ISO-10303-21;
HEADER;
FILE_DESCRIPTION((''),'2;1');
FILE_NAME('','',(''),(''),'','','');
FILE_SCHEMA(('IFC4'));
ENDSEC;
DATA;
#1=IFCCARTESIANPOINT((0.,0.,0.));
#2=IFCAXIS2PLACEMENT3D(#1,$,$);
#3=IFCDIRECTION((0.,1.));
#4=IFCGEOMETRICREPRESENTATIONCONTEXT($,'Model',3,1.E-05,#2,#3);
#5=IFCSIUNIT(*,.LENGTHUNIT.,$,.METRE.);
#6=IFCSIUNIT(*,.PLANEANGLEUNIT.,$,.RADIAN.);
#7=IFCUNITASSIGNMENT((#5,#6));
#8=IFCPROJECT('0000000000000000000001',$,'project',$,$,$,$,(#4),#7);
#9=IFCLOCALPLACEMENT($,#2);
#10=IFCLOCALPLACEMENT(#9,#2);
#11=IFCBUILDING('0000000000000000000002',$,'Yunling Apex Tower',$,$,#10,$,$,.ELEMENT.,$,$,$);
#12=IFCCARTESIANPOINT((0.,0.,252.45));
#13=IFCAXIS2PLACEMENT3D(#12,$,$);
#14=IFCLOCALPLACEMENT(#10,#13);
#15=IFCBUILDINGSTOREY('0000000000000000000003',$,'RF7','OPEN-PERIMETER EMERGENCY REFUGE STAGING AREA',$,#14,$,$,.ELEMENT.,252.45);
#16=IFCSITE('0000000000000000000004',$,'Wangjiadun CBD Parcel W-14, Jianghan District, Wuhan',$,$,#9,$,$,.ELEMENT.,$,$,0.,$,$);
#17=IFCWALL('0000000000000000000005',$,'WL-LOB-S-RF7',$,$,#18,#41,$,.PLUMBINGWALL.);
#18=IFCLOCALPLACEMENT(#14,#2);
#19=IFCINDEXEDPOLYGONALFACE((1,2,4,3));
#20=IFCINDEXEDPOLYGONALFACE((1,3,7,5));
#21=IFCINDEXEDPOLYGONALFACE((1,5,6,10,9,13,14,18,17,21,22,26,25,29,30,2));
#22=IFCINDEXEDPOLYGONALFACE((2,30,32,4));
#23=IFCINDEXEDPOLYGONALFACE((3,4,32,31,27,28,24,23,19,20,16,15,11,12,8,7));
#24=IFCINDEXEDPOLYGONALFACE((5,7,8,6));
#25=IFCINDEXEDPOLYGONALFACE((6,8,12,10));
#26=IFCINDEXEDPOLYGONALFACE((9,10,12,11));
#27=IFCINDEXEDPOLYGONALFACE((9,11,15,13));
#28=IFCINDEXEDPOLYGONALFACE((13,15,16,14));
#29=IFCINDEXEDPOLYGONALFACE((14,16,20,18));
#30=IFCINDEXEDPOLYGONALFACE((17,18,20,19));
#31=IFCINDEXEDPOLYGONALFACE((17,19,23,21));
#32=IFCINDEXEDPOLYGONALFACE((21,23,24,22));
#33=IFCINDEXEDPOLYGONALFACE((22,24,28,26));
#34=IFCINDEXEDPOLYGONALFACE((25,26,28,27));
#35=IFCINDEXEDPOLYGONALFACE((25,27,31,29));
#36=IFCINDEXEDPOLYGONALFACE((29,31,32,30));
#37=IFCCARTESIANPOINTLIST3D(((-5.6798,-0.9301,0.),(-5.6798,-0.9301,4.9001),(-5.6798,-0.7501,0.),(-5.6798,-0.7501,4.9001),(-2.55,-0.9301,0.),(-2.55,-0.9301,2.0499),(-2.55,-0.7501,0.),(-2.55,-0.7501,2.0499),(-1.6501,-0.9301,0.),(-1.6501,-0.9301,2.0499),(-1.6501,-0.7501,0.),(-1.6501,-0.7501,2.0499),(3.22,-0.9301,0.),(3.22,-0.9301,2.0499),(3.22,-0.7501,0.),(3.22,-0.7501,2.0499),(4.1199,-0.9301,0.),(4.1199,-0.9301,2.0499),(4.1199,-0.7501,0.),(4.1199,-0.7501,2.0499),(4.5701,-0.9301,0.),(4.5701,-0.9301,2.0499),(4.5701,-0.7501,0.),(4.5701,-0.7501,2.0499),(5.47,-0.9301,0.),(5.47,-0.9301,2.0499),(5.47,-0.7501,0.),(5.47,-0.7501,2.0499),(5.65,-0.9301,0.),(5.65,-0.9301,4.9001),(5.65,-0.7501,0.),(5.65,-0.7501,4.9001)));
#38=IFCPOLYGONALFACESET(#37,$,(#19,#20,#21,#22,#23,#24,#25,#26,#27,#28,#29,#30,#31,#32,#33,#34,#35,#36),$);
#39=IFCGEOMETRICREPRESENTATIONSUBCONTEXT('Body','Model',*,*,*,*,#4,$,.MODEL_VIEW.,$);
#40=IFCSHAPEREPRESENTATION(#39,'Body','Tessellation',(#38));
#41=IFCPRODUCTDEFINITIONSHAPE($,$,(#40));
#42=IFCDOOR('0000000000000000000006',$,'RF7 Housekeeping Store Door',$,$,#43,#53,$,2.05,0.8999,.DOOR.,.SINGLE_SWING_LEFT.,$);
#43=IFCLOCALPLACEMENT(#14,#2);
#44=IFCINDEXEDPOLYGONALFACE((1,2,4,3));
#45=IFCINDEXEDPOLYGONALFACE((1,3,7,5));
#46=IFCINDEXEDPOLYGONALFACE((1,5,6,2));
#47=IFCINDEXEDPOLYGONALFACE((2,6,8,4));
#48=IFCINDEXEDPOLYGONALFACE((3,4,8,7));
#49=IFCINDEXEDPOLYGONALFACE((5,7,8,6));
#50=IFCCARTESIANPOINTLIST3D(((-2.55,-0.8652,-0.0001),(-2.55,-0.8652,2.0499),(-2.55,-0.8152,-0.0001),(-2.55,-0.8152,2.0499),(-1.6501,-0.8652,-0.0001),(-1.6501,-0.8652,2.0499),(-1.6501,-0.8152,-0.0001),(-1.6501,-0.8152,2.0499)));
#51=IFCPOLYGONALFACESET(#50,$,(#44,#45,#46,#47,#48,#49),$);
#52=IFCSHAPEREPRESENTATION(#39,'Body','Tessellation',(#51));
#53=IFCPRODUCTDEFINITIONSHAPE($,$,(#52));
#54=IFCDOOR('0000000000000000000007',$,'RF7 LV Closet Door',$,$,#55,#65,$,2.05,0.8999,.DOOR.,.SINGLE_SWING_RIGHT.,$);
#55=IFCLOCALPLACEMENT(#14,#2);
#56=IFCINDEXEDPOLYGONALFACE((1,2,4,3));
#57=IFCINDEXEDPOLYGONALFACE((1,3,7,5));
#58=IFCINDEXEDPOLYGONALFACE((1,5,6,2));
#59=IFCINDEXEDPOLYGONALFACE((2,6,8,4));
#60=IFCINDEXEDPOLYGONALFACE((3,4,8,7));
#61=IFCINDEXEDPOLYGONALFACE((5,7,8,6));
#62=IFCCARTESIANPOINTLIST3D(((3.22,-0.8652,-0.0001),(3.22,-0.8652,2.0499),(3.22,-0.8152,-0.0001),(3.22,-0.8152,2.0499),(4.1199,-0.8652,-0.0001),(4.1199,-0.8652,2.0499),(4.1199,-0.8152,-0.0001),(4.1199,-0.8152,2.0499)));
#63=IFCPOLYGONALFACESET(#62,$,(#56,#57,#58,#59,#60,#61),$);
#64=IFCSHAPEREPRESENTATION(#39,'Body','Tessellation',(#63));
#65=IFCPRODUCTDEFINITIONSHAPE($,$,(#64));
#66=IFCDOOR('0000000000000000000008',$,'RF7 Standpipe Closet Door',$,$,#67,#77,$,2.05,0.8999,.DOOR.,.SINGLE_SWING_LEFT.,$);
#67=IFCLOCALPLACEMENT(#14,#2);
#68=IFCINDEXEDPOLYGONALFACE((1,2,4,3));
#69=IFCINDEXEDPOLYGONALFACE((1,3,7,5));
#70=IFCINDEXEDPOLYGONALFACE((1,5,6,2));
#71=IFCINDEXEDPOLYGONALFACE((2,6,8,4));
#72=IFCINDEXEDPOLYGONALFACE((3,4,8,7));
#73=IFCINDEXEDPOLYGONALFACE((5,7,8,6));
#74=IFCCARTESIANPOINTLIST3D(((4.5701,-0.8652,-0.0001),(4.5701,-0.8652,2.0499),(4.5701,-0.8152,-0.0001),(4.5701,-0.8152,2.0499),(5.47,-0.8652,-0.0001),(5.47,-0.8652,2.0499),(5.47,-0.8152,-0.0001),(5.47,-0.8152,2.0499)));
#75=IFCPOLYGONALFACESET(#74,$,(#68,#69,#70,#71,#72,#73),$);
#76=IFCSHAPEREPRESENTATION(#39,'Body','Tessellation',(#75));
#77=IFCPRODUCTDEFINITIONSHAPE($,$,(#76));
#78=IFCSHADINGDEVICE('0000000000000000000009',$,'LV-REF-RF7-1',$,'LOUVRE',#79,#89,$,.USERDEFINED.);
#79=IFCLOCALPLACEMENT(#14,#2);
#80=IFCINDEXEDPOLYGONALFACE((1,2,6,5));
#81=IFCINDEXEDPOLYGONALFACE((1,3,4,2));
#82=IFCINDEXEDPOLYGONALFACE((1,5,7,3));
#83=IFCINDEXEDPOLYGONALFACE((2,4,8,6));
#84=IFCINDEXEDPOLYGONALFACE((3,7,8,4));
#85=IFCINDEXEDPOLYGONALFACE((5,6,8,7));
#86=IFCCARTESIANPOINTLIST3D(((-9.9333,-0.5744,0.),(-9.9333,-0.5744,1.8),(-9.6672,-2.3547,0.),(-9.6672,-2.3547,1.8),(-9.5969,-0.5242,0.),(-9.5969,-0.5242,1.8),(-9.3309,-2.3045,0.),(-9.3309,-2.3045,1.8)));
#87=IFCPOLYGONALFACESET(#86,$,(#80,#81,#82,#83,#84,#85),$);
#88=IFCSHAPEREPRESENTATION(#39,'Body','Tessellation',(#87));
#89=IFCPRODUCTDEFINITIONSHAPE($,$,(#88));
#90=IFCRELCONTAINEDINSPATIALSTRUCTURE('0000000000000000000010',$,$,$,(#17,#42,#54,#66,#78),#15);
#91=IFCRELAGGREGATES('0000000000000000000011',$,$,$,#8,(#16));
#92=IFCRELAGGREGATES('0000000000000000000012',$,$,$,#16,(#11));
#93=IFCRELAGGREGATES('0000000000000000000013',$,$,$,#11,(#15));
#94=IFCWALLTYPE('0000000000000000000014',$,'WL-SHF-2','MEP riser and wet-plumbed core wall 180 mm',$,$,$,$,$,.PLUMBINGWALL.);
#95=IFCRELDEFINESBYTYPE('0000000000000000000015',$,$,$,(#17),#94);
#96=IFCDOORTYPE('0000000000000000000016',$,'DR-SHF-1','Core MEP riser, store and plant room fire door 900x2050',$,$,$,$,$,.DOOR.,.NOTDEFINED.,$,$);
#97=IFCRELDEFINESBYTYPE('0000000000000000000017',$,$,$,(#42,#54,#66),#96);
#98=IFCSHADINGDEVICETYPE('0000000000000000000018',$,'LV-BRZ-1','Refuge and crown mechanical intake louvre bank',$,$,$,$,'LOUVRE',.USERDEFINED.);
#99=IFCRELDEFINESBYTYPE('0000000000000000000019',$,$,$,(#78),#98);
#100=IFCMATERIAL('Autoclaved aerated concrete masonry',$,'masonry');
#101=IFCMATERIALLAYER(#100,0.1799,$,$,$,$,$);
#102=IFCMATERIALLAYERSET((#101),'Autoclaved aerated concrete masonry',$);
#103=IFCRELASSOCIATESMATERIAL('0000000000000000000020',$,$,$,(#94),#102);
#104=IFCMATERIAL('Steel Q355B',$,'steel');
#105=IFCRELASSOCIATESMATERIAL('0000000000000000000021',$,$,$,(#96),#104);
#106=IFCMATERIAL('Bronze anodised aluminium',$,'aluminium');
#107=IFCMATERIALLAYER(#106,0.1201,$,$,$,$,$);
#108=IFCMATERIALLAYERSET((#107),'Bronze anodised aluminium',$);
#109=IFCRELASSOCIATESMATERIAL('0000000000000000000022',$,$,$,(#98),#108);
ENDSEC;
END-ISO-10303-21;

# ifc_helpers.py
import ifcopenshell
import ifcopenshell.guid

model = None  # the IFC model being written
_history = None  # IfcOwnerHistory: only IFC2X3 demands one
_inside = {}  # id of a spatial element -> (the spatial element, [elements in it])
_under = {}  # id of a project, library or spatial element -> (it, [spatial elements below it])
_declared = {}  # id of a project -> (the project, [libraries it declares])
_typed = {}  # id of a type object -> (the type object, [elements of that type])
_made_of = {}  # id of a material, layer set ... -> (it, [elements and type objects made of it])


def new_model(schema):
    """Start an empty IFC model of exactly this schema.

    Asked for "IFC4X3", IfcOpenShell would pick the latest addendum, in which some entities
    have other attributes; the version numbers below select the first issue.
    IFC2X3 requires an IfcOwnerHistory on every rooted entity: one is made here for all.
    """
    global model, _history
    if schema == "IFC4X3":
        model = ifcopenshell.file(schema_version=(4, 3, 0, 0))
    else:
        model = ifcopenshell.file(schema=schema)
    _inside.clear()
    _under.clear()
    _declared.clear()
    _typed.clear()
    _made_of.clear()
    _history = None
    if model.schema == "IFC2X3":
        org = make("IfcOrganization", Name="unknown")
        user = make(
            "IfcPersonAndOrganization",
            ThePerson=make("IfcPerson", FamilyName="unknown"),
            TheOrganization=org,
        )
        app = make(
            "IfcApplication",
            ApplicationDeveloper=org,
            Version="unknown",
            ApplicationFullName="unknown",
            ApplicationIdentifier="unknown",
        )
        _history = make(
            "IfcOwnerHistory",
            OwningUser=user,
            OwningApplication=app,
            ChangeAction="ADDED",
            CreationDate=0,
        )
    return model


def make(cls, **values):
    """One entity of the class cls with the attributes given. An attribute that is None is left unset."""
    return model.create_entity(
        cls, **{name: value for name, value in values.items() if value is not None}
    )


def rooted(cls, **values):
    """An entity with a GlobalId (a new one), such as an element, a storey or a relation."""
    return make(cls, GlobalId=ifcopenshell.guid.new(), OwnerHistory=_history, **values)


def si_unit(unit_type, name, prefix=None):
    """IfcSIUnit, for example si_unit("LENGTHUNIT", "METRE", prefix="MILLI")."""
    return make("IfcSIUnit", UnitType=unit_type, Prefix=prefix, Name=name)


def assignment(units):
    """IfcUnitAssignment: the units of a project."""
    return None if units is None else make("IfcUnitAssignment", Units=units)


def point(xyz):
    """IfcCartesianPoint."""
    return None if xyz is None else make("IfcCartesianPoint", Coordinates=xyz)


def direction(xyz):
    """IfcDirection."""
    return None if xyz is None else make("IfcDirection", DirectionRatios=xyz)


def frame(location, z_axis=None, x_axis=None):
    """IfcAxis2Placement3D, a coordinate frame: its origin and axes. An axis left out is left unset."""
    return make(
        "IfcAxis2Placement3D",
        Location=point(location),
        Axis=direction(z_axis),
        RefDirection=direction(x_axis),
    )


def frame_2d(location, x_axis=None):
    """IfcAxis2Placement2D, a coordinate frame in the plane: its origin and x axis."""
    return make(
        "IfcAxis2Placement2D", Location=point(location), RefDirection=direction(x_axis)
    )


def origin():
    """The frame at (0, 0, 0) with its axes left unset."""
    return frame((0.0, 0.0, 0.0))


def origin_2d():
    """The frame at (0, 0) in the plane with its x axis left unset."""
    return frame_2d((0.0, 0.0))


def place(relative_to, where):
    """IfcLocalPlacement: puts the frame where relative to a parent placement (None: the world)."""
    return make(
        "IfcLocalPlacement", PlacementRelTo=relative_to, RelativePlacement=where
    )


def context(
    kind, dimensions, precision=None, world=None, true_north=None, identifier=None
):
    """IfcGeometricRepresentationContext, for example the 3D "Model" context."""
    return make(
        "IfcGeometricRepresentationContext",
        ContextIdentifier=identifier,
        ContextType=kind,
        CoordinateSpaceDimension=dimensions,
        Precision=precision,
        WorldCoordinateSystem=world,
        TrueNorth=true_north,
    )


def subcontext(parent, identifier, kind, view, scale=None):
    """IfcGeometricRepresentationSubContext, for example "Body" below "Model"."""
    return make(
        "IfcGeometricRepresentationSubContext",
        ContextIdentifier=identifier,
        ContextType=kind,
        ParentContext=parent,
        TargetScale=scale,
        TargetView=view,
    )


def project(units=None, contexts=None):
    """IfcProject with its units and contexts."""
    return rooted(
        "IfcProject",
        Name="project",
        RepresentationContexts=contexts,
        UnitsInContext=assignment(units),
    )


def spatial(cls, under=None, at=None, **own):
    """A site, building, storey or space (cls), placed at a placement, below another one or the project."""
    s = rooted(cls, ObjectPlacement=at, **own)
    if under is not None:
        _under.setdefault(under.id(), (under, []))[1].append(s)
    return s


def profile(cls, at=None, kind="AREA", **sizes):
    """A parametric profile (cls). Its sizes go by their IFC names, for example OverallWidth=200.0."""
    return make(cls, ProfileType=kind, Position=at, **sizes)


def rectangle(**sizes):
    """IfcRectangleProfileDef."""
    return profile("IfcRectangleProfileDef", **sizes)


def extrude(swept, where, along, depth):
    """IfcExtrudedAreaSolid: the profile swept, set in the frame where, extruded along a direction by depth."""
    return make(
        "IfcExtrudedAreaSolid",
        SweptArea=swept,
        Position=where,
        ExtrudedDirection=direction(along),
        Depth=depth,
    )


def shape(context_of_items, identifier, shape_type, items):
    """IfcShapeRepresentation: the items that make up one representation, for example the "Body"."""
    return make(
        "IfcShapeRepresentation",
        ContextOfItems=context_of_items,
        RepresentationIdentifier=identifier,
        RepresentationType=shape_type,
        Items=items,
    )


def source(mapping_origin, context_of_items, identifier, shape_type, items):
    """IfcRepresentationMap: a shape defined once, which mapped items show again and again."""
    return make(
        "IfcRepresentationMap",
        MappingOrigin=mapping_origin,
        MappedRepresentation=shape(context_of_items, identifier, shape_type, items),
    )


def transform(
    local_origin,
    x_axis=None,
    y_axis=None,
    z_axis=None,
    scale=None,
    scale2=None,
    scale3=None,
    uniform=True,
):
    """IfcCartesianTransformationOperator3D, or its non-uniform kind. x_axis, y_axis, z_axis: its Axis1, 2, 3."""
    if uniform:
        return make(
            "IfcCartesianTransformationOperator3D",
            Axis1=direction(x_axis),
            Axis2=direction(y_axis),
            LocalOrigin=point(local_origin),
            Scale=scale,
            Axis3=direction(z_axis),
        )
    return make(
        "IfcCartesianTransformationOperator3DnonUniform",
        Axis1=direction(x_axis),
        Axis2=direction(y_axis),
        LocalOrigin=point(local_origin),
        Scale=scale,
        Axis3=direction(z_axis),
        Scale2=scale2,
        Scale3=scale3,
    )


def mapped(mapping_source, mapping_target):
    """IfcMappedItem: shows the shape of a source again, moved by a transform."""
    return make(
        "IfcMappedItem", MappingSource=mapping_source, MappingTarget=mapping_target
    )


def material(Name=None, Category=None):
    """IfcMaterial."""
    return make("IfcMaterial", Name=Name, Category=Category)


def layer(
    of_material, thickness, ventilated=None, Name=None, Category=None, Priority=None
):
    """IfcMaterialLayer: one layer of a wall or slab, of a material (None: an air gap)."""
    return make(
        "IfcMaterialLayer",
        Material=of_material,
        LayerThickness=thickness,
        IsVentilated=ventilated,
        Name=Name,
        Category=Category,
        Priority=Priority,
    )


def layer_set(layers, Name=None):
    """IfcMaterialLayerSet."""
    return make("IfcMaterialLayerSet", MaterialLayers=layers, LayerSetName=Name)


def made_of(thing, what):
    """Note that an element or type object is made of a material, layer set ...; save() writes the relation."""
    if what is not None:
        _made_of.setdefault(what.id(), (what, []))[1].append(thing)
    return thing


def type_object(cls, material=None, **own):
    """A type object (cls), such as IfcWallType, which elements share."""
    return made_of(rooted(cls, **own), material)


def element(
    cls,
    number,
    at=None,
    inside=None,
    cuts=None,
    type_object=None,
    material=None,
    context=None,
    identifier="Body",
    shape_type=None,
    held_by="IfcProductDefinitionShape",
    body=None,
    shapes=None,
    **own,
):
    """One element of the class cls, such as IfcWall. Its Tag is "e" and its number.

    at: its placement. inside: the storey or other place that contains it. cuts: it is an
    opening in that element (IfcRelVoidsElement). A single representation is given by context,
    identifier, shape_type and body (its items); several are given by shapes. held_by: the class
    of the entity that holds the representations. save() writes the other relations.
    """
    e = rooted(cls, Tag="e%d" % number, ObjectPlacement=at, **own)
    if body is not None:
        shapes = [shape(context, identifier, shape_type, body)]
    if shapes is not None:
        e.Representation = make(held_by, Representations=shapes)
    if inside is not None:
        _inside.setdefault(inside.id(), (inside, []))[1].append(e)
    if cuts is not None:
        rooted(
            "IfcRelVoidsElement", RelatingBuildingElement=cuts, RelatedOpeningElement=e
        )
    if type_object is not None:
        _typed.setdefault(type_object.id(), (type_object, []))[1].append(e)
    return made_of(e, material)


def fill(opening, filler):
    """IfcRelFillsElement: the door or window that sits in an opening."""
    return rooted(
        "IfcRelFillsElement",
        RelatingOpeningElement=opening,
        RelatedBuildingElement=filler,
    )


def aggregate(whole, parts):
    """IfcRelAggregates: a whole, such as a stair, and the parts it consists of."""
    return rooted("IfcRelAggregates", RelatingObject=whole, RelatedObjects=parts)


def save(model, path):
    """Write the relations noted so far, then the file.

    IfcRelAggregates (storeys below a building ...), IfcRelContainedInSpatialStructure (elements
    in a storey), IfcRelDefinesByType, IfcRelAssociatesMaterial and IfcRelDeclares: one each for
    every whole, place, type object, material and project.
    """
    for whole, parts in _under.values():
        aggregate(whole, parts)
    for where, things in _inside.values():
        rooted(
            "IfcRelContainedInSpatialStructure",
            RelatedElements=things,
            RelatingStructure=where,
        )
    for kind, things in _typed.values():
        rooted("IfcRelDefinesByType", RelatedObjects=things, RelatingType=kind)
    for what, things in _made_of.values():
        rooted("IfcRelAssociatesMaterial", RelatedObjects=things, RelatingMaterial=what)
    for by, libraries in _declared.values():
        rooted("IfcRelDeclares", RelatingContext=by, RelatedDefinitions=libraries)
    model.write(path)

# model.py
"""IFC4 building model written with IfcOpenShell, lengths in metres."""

from ifc_helpers import new_model, si_unit, direction, frame, frame_2d, origin, origin_2d, place, context, subcontext, project, spatial, rectangle, extrude, source, transform, mapped, material, layer, layer_set, type_object, element, fill, save


model = new_model("IFC4")

# Units and contexts
model_context = context("Model", 3, precision=1e-05, world=origin(), true_north=direction((0.0, 1.0)))
body_context = subcontext(model_context, "Body", "Model", "MODEL_VIEW")
ifc_project = project(units=[si_unit("LENGTHUNIT", "METRE"), si_unit("PLANEANGLEUNIT", "RADIAN")], contexts=[model_context])

# Site, building, storey
site_placement = place(None, origin())
site = spatial("IfcSite", under=ifc_project, at=site_placement, Name="Wangjiadun CBD Parcel W-14, Jianghan District, Wuhan", CompositionType="ELEMENT", RefElevation=0.0)
building_placement = place(site_placement, origin())
building = spatial("IfcBuilding", under=site, at=building_placement, Name="Yunling Apex Tower", CompositionType="ELEMENT")
storey_placement = place(building_placement, frame((0.0, 0.0, 252.45)))
storey = spatial("IfcBuildingStorey", under=building, at=storey_placement, Name="RF7", Description="OPEN-PERIMETER EMERGENCY REFUGE STAGING AREA", CompositionType="ELEMENT", Elevation=252.45)

# Shared definitions
ifc_material_1 = material(Name="Steel Q355B", Category="steel")

# Shared definitions
ifc_material_2 = material(Name="Autoclaved aerated concrete masonry", Category="masonry")

# Wall, openings, doors
ifc_layer_1 = layer(ifc_material_2, 0.1799)
ifc_layer_set_1 = layer_set([ifc_layer_1], Name="Autoclaved aerated concrete masonry")
wall_type_1 = type_object("IfcWallType", Name="WL-SHF-2", Description="MEP riser and wet-plumbed core wall 180 mm", PredefinedType="PLUMBINGWALL", material=ifc_layer_set_1)
door_type_1 = type_object("IfcDoorType", Name="DR-SHF-1", Description="Core MEP riser, store and plant room fire door 900x2050", OperationType="NOTDEFINED", PredefinedType="DOOR", material=ifc_material_1)
wall_1_placement = place(storey_placement, frame((-5.6799, -0.8401, 0.0), z_axis=(0.0, 0.0, 1.0), x_axis=(1.0, 0.0, 0.0)))
wall_1 = element("IfcWall", 1, at=wall_1_placement, inside=storey, type_object=wall_type_1, Name="WL-LOB-S-RF7", PredefinedType="PLUMBINGWALL", context=body_context, shape_type="SweptSolid", body=[
    extrude(rectangle(XDim=11.3298, YDim=0.1799, at=frame_2d((5.665, 0.0))), origin(), (0.0, 0.0, 1.0), 4.9001),
])
opening_1_placement = place(wall_1_placement, frame((3.1299, 0.0, 0.0)))
opening_1 = element("IfcOpeningElement", 2, at=opening_1_placement, cuts=wall_1, PredefinedType="OPENING", context=body_context, shape_type="SweptSolid", body=[
    extrude(rectangle(XDim=0.8999, YDim=2.05, at=frame_2d((0.45, 1.0249))), frame((0.0, 0.1001, 0.0), z_axis=(0.0, -1.0, 0.0), x_axis=(1.0, 0.0, 0.0)), (0.0, 0.0, 1.0), 0.2),
])
opening_2_placement = place(wall_1_placement, frame((8.8999, 0.0, 0.0)))
opening_2 = element("IfcOpeningElement", 3, at=opening_2_placement, cuts=wall_1, PredefinedType="OPENING", context=body_context, shape_type="SweptSolid", body=[
    extrude(rectangle(XDim=0.8999, YDim=2.05, at=frame_2d((0.45, 1.0249))), frame((0.0, 0.1001, 0.0), z_axis=(0.0, -1.0, 0.0), x_axis=(1.0, 0.0, 0.0)), (0.0, 0.0, 1.0), 0.2),
])
opening_3_placement = place(wall_1_placement, frame((10.25, 0.0, 0.0)))
opening_3 = element("IfcOpeningElement", 4, at=opening_3_placement, cuts=wall_1, PredefinedType="OPENING", context=body_context, shape_type="SweptSolid", body=[
    extrude(rectangle(XDim=0.8999, YDim=2.05, at=frame_2d((0.45, 1.0249))), frame((0.0, 0.1001, 0.0), z_axis=(0.0, -1.0, 0.0), x_axis=(1.0, 0.0, 0.0)), (0.0, 0.0, 1.0), 0.2),
])
door_1_placement = place(opening_1_placement, origin())
door_1 = element("IfcDoor", 5, at=door_1_placement, inside=storey, type_object=door_type_1, Name="RF7 Housekeeping Store Door", OperationType="SINGLE_SWING_LEFT", OverallHeight=2.05, OverallWidth=0.8999, PredefinedType="DOOR", context=body_context, shape_type="SweptSolid", body=[
    extrude(rectangle(XDim=0.8999, YDim=2.05, at=frame_2d((0.45, 1.0249))), frame((0.0, 0.0249, 0.0), z_axis=(0.0, -1.0, 0.0), x_axis=(1.0, 0.0, 0.0)), (0.0, 0.0, 1.0), 0.05),
])
fill(opening_1, door_1)
door_2_placement = place(opening_2_placement, origin())
door_2 = element("IfcDoor", 6, at=door_2_placement, inside=storey, type_object=door_type_1, Name="RF7 LV Closet Door", OperationType="SINGLE_SWING_RIGHT", OverallHeight=2.05, OverallWidth=0.8999, PredefinedType="DOOR", context=body_context, shape_type="SweptSolid", body=[
    extrude(rectangle(XDim=0.8999, YDim=2.05, at=frame_2d((0.45, 1.0249))), frame((0.0, 0.0249, 0.0), z_axis=(0.0, -1.0, 0.0), x_axis=(1.0, 0.0, 0.0)), (0.0, 0.0, 1.0), 0.05),
])
fill(opening_2, door_2)
door_3_placement = place(opening_3_placement, origin())
door_3 = element("IfcDoor", 7, at=door_3_placement, inside=storey, type_object=door_type_1, Name="RF7 Standpipe Closet Door", OperationType="SINGLE_SWING_LEFT", OverallHeight=2.05, OverallWidth=0.8999, PredefinedType="DOOR", context=body_context, shape_type="SweptSolid", body=[
    extrude(rectangle(XDim=0.8999, YDim=2.05, at=frame_2d((0.45, 1.0249))), frame((0.0, 0.0249, 0.0), z_axis=(0.0, -1.0, 0.0), x_axis=(1.0, 0.0, 0.0)), (0.0, 0.0, 1.0), 0.05),
])
fill(opening_3, door_3)

# Shading device
ifc_material_3 = material(Name="Bronze anodised aluminium", Category="aluminium")
ifc_layer_2 = layer(ifc_material_3, 0.1201)
ifc_layer_set_2 = layer_set([ifc_layer_2], Name="Bronze anodised aluminium")
shading_device_type = type_object("IfcShadingDeviceType", Name="LV-BRZ-1", Description="Refuge and crown mechanical intake louvre bank", ElementType="LOUVRE", PredefinedType="USERDEFINED", material=ifc_layer_set_2)
shared_shape_1 = source(origin(), body_context, "Body", "SweptSolid", [
    extrude(rectangle(XDim=1.8, YDim=0.3401, at=origin_2d()), origin(), (0.0, 0.0, 1.0), 1.8),
])
shading_device_placement = place(storey_placement, frame((-9.6321, -1.4395, 0.0), z_axis=(0.0, 0.0, 1.0), x_axis=(-0.147809, 0.989016, 0.0)))
element("IfcShadingDevice", 8, at=shading_device_placement, inside=storey, type_object=shading_device_type, Name="LV-REF-RF7-1", ObjectType="LOUVRE", PredefinedType="USERDEFINED", context=body_context, shape_type="MappedRepresentation", body=[
    mapped(shared_shape_1, transform((0.0, 0.0, 0.0), scale=1.0)),
])

save(model, "model.ifc")
